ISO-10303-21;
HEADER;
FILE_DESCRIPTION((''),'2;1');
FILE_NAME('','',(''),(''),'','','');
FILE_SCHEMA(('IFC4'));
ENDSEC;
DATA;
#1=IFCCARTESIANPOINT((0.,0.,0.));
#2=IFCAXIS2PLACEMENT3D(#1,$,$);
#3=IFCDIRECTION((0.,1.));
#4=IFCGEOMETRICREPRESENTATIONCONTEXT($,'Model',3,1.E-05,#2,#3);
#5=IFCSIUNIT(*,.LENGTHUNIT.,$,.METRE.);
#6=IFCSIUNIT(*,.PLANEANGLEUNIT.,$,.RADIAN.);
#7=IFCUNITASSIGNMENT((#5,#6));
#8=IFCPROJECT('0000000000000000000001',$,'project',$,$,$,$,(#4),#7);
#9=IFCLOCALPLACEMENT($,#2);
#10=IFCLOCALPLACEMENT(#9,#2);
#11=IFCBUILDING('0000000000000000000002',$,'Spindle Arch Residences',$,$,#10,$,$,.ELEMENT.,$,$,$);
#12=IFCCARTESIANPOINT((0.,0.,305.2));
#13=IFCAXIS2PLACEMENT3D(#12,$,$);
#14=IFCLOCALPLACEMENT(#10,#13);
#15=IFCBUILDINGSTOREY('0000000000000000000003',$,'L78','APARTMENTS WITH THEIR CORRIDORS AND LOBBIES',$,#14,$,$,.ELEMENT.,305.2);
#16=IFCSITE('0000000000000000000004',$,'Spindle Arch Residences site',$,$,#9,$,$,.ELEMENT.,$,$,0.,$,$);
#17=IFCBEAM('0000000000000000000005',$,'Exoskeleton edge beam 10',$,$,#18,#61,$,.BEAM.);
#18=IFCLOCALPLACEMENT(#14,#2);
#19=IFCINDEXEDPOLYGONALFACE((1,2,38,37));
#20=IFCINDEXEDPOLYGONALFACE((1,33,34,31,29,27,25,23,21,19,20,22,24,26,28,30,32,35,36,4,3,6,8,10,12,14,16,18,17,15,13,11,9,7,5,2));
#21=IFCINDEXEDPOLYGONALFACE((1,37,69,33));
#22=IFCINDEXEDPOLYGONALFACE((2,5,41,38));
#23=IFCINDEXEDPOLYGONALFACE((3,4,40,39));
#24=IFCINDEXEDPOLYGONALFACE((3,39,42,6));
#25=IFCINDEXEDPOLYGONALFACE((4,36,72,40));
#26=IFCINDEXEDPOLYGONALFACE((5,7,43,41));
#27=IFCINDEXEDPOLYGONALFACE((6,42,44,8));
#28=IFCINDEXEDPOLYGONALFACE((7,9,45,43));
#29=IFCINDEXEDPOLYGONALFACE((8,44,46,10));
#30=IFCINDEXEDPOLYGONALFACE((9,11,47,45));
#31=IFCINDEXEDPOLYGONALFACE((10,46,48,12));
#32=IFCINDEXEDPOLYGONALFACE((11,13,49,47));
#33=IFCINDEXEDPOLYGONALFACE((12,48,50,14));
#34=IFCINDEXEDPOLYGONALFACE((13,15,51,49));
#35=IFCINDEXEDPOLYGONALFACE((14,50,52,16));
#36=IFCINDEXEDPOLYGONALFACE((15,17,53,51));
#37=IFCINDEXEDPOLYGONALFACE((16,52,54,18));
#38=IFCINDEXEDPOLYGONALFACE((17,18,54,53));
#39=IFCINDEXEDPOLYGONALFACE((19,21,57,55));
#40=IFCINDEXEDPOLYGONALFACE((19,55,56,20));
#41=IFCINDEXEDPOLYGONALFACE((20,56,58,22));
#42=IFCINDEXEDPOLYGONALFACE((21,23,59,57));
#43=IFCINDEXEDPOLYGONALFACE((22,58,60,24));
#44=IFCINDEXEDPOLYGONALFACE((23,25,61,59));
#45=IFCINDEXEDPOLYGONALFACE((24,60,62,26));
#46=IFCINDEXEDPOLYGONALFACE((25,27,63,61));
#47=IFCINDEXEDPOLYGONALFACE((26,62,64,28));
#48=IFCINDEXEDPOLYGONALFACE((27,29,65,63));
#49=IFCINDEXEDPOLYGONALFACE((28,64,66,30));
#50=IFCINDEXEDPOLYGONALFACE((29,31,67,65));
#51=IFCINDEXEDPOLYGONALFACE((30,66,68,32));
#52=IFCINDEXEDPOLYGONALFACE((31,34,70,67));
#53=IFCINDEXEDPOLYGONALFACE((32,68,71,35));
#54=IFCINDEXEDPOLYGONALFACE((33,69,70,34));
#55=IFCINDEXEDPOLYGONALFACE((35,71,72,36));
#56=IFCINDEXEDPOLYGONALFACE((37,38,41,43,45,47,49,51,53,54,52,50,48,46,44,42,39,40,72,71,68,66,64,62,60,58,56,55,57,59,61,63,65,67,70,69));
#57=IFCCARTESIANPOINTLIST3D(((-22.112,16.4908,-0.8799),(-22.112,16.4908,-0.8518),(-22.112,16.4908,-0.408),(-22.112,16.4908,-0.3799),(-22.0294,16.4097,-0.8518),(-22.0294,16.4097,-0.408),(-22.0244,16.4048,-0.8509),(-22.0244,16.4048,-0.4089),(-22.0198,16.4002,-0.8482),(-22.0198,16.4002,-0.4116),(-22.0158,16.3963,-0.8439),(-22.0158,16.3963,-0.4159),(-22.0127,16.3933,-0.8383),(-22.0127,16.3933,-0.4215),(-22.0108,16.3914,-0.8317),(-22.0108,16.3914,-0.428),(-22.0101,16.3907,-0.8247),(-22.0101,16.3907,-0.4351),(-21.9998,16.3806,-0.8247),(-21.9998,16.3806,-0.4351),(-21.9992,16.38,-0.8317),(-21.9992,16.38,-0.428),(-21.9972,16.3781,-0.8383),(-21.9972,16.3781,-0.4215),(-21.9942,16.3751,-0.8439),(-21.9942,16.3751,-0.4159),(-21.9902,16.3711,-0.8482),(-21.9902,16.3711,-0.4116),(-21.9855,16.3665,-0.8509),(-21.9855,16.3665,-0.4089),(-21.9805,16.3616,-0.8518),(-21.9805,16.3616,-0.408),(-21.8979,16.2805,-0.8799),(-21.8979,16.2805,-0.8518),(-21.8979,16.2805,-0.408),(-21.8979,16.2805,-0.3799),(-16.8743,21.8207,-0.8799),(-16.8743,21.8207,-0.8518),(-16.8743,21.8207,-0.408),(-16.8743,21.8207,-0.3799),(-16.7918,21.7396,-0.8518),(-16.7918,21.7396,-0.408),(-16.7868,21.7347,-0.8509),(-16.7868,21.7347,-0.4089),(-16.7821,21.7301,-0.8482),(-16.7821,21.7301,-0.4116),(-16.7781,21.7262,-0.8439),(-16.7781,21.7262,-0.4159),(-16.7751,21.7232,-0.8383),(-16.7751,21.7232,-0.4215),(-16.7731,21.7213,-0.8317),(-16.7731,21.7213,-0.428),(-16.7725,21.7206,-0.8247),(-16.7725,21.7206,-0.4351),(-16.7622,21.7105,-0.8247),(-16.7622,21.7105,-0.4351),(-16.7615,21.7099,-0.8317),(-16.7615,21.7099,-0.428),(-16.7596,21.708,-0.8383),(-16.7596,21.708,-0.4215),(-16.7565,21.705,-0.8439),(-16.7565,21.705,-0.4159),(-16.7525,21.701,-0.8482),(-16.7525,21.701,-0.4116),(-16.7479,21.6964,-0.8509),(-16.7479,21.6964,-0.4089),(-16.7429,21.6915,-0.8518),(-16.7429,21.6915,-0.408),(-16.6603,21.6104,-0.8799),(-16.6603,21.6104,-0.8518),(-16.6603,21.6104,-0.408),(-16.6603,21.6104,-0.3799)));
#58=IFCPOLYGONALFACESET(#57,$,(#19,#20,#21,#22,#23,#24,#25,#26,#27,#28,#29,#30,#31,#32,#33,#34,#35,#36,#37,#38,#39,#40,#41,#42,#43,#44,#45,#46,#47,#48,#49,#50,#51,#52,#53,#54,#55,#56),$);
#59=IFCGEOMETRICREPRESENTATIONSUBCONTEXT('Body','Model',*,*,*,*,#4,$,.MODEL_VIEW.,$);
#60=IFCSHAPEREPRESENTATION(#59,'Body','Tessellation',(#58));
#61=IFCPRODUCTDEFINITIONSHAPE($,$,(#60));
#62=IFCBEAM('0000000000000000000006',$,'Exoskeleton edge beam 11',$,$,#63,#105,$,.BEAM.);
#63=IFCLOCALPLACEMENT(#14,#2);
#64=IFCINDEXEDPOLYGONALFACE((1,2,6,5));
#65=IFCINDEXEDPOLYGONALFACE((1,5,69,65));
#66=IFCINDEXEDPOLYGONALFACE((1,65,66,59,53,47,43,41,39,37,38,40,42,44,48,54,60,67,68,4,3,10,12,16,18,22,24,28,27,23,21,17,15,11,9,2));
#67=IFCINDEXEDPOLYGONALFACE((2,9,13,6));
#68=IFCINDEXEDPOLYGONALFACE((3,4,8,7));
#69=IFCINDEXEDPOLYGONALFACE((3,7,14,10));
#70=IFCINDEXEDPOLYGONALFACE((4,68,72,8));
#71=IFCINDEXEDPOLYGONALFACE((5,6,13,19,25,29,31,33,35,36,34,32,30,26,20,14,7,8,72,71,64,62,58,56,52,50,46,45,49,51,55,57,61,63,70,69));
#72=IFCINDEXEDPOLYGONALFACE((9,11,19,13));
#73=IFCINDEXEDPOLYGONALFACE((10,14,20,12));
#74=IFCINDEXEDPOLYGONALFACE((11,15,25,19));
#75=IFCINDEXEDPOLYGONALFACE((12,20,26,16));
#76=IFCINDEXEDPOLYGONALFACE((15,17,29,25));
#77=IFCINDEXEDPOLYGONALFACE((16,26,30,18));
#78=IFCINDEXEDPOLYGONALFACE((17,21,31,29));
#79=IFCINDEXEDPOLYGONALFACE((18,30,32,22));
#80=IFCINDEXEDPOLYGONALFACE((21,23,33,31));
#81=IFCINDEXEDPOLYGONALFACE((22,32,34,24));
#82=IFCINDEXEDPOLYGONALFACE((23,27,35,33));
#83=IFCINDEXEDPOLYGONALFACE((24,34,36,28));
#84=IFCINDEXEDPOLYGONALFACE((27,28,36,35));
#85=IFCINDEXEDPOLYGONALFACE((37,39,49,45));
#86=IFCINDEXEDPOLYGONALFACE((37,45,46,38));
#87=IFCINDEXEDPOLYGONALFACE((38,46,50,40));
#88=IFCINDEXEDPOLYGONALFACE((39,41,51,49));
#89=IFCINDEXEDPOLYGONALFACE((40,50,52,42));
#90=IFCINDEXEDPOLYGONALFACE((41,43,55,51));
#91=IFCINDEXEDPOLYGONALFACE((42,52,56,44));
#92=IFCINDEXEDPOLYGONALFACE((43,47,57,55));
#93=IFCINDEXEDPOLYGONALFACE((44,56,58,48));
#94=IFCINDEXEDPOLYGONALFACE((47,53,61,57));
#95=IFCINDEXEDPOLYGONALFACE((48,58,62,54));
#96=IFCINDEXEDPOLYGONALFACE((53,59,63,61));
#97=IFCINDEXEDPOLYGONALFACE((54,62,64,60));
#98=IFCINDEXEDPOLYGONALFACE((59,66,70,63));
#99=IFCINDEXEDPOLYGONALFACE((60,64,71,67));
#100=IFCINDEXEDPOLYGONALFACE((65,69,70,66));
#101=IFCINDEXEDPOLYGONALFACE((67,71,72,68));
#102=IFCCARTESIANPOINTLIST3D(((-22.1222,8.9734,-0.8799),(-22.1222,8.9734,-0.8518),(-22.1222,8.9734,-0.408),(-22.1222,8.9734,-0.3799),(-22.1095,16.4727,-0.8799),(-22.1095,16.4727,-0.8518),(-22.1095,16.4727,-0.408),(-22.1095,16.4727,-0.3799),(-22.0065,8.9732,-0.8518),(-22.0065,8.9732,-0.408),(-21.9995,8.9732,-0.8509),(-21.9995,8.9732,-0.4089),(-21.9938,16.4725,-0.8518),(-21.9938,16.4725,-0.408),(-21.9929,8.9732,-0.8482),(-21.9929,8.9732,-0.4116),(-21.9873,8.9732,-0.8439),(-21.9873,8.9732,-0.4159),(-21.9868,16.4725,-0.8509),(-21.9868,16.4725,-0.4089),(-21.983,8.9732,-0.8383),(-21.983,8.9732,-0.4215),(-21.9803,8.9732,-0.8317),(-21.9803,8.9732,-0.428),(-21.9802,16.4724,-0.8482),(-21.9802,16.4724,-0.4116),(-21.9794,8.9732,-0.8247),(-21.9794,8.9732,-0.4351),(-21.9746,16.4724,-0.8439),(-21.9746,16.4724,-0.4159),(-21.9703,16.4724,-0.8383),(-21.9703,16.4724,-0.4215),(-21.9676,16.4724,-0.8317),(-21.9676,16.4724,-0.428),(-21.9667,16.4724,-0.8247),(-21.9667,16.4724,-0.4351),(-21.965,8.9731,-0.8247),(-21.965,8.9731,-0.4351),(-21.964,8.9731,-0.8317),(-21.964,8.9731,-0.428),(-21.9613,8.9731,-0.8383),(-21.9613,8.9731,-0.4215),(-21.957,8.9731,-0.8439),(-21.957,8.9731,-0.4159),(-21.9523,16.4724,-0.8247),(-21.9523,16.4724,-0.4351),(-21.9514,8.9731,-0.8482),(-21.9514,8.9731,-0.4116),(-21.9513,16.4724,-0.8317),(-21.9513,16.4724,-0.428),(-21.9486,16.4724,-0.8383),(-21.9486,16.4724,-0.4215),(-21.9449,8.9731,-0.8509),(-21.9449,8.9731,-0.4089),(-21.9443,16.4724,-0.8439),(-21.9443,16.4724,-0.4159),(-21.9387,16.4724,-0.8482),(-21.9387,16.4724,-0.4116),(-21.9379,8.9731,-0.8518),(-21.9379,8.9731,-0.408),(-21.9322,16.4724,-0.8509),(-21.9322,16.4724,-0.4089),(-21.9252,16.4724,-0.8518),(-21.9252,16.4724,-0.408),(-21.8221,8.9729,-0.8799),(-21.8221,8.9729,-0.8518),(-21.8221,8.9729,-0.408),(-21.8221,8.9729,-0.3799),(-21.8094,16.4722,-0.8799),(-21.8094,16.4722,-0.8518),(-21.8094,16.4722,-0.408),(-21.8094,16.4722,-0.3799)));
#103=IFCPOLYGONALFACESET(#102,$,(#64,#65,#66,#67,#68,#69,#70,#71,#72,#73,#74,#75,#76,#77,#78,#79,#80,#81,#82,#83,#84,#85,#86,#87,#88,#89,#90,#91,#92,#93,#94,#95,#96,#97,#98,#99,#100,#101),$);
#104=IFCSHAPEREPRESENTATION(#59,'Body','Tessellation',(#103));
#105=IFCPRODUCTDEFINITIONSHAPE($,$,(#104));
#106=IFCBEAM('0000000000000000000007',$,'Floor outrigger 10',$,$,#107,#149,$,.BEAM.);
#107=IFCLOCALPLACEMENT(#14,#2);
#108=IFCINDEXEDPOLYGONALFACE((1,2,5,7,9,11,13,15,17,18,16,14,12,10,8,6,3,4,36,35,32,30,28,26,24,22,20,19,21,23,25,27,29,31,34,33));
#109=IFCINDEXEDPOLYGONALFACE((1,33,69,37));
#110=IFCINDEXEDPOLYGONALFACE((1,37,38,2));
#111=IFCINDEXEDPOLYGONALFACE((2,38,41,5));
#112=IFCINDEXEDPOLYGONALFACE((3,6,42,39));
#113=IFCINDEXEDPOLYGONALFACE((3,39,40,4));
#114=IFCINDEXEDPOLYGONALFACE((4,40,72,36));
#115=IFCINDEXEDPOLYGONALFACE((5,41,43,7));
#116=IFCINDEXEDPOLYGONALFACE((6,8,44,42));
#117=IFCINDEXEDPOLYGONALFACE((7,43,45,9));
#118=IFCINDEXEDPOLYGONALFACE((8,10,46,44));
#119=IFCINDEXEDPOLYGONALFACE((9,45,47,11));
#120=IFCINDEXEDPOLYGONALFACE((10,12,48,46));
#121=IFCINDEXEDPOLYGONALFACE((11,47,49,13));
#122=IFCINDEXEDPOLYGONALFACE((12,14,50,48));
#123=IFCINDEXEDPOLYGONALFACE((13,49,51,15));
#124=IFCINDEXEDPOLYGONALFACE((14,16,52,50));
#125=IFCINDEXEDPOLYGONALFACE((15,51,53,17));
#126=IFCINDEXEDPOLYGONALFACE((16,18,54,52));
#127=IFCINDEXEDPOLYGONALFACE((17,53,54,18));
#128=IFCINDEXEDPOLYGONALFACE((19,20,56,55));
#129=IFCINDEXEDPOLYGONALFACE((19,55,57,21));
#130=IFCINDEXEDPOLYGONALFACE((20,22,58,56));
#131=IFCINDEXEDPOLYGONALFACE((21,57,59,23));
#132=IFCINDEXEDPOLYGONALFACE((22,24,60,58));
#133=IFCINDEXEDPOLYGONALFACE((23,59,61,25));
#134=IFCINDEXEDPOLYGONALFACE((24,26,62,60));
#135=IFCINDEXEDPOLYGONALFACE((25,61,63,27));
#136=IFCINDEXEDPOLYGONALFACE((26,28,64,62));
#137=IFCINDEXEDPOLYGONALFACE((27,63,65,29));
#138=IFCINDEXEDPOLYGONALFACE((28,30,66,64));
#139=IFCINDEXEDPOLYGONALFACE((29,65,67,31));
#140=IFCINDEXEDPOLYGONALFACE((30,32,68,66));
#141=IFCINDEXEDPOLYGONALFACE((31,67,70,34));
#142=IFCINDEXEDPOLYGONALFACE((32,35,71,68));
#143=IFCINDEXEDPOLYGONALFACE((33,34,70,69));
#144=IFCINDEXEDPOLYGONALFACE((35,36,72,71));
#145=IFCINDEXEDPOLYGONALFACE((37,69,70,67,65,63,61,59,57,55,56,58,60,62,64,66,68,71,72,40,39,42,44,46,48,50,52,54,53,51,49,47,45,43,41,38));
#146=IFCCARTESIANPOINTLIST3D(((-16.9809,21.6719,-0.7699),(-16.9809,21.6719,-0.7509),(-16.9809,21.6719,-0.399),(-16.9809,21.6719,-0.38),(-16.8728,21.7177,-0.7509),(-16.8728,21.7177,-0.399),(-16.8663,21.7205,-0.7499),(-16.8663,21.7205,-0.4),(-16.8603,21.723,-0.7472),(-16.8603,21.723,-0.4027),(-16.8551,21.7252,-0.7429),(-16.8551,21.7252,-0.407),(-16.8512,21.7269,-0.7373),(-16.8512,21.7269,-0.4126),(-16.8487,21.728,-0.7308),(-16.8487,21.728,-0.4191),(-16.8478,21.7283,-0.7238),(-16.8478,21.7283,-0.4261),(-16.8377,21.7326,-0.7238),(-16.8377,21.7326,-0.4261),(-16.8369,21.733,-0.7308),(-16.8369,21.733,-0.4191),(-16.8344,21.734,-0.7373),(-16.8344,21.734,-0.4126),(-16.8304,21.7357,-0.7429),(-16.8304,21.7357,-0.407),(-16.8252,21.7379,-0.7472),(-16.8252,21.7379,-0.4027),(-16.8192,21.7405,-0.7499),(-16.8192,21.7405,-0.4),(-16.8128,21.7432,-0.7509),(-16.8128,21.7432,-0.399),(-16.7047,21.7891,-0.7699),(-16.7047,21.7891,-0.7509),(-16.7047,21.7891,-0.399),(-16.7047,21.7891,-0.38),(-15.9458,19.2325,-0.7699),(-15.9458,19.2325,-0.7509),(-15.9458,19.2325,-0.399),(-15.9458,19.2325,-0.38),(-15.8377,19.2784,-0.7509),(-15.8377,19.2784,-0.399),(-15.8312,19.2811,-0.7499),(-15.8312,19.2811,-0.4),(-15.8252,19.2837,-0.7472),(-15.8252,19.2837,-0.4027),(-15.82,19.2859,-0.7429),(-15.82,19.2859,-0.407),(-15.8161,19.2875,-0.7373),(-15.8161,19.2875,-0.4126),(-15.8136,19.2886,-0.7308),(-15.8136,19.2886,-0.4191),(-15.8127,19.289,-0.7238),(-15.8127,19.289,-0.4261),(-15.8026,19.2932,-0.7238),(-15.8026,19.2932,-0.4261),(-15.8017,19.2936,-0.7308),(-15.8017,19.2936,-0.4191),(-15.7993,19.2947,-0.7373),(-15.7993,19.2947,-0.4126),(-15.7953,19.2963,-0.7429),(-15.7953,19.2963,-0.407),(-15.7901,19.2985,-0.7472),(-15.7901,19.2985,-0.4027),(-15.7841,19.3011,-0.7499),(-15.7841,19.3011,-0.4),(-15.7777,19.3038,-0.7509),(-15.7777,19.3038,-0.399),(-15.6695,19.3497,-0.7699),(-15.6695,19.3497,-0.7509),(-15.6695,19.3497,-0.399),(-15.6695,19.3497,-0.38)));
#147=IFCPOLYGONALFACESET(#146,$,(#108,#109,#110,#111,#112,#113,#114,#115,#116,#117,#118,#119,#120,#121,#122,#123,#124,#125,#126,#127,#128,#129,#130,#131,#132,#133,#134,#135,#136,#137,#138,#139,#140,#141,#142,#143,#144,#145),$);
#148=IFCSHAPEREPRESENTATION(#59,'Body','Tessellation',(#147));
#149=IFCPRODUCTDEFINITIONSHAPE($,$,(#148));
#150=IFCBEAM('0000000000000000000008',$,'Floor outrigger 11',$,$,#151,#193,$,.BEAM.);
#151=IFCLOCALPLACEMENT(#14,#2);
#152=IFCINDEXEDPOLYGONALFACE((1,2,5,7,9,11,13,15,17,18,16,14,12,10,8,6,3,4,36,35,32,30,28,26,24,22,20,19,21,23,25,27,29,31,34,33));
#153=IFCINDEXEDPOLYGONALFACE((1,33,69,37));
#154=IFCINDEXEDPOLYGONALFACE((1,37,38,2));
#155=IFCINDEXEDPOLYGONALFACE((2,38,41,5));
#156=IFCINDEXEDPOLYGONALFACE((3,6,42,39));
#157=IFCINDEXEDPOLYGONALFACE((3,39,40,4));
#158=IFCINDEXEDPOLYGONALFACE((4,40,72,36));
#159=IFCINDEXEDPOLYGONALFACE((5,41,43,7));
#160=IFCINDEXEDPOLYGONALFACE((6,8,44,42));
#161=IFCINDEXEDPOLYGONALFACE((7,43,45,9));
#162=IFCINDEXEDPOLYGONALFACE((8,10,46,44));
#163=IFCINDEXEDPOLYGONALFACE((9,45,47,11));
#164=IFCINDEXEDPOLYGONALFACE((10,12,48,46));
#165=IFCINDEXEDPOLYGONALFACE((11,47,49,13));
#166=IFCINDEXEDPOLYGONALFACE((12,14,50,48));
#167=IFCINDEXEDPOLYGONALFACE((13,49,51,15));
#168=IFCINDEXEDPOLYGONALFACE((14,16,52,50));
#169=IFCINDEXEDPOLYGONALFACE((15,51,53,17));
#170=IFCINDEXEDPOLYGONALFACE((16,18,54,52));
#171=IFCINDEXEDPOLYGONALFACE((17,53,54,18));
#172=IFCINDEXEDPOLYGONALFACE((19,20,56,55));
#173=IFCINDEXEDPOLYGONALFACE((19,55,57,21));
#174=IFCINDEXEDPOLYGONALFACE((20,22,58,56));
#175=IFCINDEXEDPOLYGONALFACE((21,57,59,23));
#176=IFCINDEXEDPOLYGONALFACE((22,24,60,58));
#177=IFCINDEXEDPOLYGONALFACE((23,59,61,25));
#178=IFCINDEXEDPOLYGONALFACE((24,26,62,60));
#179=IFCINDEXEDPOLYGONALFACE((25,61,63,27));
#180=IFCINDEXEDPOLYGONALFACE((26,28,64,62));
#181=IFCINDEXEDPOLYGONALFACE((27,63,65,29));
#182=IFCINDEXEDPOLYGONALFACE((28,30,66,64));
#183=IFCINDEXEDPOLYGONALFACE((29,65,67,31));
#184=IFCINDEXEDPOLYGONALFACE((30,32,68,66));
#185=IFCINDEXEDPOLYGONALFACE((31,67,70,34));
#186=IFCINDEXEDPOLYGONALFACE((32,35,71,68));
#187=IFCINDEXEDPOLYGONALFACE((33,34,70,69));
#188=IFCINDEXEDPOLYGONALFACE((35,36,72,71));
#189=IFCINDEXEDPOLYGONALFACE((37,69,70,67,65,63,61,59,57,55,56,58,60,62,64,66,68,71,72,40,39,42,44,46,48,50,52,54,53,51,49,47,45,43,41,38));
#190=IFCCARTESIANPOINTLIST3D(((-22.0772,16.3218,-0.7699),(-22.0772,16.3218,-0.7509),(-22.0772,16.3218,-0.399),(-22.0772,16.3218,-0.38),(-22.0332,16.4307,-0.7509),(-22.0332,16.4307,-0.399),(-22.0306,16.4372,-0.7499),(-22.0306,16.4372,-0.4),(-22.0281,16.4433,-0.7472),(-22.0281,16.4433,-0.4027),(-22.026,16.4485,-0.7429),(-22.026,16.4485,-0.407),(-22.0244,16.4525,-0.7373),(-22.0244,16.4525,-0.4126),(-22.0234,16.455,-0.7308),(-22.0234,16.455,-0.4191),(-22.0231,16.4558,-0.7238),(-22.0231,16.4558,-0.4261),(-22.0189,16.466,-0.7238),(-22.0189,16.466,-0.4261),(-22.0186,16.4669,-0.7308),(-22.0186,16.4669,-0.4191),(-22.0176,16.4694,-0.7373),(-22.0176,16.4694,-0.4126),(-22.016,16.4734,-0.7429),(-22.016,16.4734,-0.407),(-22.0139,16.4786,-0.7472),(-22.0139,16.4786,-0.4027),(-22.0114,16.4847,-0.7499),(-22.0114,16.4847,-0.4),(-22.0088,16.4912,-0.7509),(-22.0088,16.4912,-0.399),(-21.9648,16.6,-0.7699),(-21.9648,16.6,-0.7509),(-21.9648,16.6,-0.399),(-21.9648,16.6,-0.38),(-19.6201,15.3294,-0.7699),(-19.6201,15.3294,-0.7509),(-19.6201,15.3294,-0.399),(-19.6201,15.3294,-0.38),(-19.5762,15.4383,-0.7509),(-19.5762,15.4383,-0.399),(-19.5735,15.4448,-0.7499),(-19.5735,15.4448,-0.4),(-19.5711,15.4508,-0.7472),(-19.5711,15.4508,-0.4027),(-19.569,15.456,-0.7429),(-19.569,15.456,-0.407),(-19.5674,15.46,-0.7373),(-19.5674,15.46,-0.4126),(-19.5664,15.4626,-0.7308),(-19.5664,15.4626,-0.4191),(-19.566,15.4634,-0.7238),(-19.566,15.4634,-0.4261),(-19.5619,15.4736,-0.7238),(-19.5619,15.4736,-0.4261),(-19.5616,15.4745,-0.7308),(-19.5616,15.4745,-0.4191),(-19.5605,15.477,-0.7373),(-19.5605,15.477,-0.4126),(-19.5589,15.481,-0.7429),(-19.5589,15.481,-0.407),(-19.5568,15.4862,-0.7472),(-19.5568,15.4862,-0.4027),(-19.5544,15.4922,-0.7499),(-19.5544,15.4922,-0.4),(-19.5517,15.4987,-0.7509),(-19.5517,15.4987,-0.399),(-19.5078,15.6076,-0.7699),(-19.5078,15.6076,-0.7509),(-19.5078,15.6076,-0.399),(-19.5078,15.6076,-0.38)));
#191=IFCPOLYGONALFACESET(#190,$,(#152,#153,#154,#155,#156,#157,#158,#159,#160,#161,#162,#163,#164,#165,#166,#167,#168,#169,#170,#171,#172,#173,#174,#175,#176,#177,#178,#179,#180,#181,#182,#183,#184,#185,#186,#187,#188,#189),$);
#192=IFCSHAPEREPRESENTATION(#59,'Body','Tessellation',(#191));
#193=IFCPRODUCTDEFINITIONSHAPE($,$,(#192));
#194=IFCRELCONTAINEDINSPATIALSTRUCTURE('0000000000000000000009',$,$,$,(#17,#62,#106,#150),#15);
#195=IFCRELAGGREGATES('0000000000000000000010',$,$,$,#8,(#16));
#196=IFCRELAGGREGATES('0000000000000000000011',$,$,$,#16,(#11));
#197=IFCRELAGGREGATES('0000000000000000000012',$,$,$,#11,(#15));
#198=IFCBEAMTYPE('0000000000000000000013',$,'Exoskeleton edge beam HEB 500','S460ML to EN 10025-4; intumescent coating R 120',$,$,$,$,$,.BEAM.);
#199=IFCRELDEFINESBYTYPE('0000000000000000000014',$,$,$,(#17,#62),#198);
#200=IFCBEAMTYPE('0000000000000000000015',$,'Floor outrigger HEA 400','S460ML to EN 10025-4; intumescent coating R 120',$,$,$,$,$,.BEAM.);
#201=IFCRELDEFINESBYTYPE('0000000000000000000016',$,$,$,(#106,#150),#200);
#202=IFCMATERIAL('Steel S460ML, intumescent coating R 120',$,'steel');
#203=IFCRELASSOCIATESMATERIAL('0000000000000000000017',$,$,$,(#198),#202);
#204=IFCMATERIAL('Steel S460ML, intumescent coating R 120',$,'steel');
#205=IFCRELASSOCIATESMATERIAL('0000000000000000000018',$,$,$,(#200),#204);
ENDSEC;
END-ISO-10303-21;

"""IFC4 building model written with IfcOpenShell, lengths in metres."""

from ifc_helpers import new_model, si_unit, direction, frame, origin, origin_2d, place, context, subcontext, project, spatial, i_section, extrude, material, material_profile, profile_set, type_object, element, save


model = new_model("IFC4")

# Units and contexts
model_context = context("Model", 3, precision=1e-05, world=origin(), true_north=direction((0.0, 1.0)))
body_context = subcontext(model_context, "Body", "Model", "MODEL_VIEW")
ifc_project = project(units=[si_unit("LENGTHUNIT", "METRE"), si_unit("PLANEANGLEUNIT", "RADIAN")], contexts=[model_context])

# Site, building, storey
site_placement = place(None, origin())
site = spatial("IfcSite", under=ifc_project, at=site_placement, Name="Spindle Arch Residences site", CompositionType="ELEMENT", RefElevation=0.0)
building_placement = place(site_placement, origin())
building = spatial("IfcBuilding", under=site, at=building_placement, Name="Spindle Arch Residences", CompositionType="ELEMENT")
storey_placement = place(building_placement, frame((0.0, 0.0, 305.2)))
storey = spatial("IfcBuildingStorey", under=building, at=storey_placement, Name="L78", Description="APARTMENTS WITH THEIR CORRIDORS AND LOBBIES", CompositionType="ELEMENT", Elevation=305.2)

# Beams
ifc_material_1 = material(Name="Steel S460ML, intumescent coating R 120", Category="steel")
ifc_material_profile_1 = material_profile(ifc_material_1, i_section(OverallWidth=0.3, OverallDepth=0.5, WebThickness=0.0144, FlangeThickness=0.0281, FilletRadius=0.0271, at=origin_2d()), Name="HEB 500")
ifc_profile_set_1 = profile_set([ifc_material_profile_1], Name="Steel S460ML, intumescent coating R 120")
beam_type_1 = type_object("IfcBeamType", Name="Exoskeleton edge beam HEB 500", Description="S460ML to EN 10025-4; intumescent coating R 120", PredefinedType="BEAM", material=ifc_profile_set_1)
beam_1_placement = place(storey_placement, frame((-16.7673, 21.7156, -0.6299), z_axis=(-0.700905, -0.713255, 0.0), x_axis=(0.713255, -0.700905, 0.0)))
element("IfcBeam", 1, at=beam_1_placement, inside=storey, type_object=beam_type_1, Name="Exoskeleton edge beam 10", PredefinedType="BEAM", context=body_context, shape_type="SweptSolid", body=[
    extrude(i_section(OverallWidth=0.3, OverallDepth=0.5, WebThickness=0.0144, FlangeThickness=0.0281, FilletRadius=0.0271, at=origin_2d()), origin(), (0.0, 0.0, 1.0), 7.4727),
])
beam_2_placement = place(storey_placement, frame((-21.9595, 16.4724, -0.6299), z_axis=(-0.001693, -0.999999, 0.0), x_axis=(0.999999, -0.001693, 0.0)))
element("IfcBeam", 2, at=beam_2_placement, inside=storey, type_object=beam_type_1, Name="Exoskeleton edge beam 11", PredefinedType="BEAM", context=body_context, shape_type="SweptSolid", body=[
    extrude(i_section(OverallWidth=0.3, OverallDepth=0.5, WebThickness=0.0144, FlangeThickness=0.0281, FilletRadius=0.0271, at=origin_2d()), origin(), (0.0, 0.0, 1.0), 7.4993),
])
ifc_material_2 = material(Name="Steel S460ML, intumescent coating R 120", Category="steel")
ifc_material_profile_2 = material_profile(ifc_material_2, i_section(OverallWidth=0.3, OverallDepth=0.3899, WebThickness=0.011, FlangeThickness=0.019, FilletRadius=0.0271, at=origin_2d()), Name="HEA 400")
ifc_profile_set_2 = profile_set([ifc_material_profile_2], Name="Steel S460ML, intumescent coating R 120")
beam_type_2 = type_object("IfcBeamType", Name="Floor outrigger HEA 400", Description="S460ML to EN 10025-4; intumescent coating R 120", PredefinedType="BEAM", material=ifc_profile_set_2)
for number, where, z_axis, x_axis, name in (
    (3, (-16.8428, 21.7305, -0.575), (0.390626, -0.92055, 0.0), (0.92055, 0.390626, 0.0), "Floor outrigger 10"),
    (4, (-22.021, 16.4609, -0.575), (0.92722, -0.374518, 0.0), (0.374518, 0.92722, 0.0), "Floor outrigger 11"),
):
    element("IfcBeam", number, at=place(storey_placement, frame(where, z_axis=z_axis, x_axis=x_axis)), inside=storey, type_object=beam_type_2, Name=name, PredefinedType="BEAM", context=body_context, shape_type="SweptSolid", body=[
        extrude(i_section(OverallWidth=0.3, OverallDepth=0.3899, WebThickness=0.011, FlangeThickness=0.019, FilletRadius=0.0271, at=origin_2d()), origin(), (0.0, 0.0, 1.0), 2.6499),
    ])

save(model, "model.ifc")
